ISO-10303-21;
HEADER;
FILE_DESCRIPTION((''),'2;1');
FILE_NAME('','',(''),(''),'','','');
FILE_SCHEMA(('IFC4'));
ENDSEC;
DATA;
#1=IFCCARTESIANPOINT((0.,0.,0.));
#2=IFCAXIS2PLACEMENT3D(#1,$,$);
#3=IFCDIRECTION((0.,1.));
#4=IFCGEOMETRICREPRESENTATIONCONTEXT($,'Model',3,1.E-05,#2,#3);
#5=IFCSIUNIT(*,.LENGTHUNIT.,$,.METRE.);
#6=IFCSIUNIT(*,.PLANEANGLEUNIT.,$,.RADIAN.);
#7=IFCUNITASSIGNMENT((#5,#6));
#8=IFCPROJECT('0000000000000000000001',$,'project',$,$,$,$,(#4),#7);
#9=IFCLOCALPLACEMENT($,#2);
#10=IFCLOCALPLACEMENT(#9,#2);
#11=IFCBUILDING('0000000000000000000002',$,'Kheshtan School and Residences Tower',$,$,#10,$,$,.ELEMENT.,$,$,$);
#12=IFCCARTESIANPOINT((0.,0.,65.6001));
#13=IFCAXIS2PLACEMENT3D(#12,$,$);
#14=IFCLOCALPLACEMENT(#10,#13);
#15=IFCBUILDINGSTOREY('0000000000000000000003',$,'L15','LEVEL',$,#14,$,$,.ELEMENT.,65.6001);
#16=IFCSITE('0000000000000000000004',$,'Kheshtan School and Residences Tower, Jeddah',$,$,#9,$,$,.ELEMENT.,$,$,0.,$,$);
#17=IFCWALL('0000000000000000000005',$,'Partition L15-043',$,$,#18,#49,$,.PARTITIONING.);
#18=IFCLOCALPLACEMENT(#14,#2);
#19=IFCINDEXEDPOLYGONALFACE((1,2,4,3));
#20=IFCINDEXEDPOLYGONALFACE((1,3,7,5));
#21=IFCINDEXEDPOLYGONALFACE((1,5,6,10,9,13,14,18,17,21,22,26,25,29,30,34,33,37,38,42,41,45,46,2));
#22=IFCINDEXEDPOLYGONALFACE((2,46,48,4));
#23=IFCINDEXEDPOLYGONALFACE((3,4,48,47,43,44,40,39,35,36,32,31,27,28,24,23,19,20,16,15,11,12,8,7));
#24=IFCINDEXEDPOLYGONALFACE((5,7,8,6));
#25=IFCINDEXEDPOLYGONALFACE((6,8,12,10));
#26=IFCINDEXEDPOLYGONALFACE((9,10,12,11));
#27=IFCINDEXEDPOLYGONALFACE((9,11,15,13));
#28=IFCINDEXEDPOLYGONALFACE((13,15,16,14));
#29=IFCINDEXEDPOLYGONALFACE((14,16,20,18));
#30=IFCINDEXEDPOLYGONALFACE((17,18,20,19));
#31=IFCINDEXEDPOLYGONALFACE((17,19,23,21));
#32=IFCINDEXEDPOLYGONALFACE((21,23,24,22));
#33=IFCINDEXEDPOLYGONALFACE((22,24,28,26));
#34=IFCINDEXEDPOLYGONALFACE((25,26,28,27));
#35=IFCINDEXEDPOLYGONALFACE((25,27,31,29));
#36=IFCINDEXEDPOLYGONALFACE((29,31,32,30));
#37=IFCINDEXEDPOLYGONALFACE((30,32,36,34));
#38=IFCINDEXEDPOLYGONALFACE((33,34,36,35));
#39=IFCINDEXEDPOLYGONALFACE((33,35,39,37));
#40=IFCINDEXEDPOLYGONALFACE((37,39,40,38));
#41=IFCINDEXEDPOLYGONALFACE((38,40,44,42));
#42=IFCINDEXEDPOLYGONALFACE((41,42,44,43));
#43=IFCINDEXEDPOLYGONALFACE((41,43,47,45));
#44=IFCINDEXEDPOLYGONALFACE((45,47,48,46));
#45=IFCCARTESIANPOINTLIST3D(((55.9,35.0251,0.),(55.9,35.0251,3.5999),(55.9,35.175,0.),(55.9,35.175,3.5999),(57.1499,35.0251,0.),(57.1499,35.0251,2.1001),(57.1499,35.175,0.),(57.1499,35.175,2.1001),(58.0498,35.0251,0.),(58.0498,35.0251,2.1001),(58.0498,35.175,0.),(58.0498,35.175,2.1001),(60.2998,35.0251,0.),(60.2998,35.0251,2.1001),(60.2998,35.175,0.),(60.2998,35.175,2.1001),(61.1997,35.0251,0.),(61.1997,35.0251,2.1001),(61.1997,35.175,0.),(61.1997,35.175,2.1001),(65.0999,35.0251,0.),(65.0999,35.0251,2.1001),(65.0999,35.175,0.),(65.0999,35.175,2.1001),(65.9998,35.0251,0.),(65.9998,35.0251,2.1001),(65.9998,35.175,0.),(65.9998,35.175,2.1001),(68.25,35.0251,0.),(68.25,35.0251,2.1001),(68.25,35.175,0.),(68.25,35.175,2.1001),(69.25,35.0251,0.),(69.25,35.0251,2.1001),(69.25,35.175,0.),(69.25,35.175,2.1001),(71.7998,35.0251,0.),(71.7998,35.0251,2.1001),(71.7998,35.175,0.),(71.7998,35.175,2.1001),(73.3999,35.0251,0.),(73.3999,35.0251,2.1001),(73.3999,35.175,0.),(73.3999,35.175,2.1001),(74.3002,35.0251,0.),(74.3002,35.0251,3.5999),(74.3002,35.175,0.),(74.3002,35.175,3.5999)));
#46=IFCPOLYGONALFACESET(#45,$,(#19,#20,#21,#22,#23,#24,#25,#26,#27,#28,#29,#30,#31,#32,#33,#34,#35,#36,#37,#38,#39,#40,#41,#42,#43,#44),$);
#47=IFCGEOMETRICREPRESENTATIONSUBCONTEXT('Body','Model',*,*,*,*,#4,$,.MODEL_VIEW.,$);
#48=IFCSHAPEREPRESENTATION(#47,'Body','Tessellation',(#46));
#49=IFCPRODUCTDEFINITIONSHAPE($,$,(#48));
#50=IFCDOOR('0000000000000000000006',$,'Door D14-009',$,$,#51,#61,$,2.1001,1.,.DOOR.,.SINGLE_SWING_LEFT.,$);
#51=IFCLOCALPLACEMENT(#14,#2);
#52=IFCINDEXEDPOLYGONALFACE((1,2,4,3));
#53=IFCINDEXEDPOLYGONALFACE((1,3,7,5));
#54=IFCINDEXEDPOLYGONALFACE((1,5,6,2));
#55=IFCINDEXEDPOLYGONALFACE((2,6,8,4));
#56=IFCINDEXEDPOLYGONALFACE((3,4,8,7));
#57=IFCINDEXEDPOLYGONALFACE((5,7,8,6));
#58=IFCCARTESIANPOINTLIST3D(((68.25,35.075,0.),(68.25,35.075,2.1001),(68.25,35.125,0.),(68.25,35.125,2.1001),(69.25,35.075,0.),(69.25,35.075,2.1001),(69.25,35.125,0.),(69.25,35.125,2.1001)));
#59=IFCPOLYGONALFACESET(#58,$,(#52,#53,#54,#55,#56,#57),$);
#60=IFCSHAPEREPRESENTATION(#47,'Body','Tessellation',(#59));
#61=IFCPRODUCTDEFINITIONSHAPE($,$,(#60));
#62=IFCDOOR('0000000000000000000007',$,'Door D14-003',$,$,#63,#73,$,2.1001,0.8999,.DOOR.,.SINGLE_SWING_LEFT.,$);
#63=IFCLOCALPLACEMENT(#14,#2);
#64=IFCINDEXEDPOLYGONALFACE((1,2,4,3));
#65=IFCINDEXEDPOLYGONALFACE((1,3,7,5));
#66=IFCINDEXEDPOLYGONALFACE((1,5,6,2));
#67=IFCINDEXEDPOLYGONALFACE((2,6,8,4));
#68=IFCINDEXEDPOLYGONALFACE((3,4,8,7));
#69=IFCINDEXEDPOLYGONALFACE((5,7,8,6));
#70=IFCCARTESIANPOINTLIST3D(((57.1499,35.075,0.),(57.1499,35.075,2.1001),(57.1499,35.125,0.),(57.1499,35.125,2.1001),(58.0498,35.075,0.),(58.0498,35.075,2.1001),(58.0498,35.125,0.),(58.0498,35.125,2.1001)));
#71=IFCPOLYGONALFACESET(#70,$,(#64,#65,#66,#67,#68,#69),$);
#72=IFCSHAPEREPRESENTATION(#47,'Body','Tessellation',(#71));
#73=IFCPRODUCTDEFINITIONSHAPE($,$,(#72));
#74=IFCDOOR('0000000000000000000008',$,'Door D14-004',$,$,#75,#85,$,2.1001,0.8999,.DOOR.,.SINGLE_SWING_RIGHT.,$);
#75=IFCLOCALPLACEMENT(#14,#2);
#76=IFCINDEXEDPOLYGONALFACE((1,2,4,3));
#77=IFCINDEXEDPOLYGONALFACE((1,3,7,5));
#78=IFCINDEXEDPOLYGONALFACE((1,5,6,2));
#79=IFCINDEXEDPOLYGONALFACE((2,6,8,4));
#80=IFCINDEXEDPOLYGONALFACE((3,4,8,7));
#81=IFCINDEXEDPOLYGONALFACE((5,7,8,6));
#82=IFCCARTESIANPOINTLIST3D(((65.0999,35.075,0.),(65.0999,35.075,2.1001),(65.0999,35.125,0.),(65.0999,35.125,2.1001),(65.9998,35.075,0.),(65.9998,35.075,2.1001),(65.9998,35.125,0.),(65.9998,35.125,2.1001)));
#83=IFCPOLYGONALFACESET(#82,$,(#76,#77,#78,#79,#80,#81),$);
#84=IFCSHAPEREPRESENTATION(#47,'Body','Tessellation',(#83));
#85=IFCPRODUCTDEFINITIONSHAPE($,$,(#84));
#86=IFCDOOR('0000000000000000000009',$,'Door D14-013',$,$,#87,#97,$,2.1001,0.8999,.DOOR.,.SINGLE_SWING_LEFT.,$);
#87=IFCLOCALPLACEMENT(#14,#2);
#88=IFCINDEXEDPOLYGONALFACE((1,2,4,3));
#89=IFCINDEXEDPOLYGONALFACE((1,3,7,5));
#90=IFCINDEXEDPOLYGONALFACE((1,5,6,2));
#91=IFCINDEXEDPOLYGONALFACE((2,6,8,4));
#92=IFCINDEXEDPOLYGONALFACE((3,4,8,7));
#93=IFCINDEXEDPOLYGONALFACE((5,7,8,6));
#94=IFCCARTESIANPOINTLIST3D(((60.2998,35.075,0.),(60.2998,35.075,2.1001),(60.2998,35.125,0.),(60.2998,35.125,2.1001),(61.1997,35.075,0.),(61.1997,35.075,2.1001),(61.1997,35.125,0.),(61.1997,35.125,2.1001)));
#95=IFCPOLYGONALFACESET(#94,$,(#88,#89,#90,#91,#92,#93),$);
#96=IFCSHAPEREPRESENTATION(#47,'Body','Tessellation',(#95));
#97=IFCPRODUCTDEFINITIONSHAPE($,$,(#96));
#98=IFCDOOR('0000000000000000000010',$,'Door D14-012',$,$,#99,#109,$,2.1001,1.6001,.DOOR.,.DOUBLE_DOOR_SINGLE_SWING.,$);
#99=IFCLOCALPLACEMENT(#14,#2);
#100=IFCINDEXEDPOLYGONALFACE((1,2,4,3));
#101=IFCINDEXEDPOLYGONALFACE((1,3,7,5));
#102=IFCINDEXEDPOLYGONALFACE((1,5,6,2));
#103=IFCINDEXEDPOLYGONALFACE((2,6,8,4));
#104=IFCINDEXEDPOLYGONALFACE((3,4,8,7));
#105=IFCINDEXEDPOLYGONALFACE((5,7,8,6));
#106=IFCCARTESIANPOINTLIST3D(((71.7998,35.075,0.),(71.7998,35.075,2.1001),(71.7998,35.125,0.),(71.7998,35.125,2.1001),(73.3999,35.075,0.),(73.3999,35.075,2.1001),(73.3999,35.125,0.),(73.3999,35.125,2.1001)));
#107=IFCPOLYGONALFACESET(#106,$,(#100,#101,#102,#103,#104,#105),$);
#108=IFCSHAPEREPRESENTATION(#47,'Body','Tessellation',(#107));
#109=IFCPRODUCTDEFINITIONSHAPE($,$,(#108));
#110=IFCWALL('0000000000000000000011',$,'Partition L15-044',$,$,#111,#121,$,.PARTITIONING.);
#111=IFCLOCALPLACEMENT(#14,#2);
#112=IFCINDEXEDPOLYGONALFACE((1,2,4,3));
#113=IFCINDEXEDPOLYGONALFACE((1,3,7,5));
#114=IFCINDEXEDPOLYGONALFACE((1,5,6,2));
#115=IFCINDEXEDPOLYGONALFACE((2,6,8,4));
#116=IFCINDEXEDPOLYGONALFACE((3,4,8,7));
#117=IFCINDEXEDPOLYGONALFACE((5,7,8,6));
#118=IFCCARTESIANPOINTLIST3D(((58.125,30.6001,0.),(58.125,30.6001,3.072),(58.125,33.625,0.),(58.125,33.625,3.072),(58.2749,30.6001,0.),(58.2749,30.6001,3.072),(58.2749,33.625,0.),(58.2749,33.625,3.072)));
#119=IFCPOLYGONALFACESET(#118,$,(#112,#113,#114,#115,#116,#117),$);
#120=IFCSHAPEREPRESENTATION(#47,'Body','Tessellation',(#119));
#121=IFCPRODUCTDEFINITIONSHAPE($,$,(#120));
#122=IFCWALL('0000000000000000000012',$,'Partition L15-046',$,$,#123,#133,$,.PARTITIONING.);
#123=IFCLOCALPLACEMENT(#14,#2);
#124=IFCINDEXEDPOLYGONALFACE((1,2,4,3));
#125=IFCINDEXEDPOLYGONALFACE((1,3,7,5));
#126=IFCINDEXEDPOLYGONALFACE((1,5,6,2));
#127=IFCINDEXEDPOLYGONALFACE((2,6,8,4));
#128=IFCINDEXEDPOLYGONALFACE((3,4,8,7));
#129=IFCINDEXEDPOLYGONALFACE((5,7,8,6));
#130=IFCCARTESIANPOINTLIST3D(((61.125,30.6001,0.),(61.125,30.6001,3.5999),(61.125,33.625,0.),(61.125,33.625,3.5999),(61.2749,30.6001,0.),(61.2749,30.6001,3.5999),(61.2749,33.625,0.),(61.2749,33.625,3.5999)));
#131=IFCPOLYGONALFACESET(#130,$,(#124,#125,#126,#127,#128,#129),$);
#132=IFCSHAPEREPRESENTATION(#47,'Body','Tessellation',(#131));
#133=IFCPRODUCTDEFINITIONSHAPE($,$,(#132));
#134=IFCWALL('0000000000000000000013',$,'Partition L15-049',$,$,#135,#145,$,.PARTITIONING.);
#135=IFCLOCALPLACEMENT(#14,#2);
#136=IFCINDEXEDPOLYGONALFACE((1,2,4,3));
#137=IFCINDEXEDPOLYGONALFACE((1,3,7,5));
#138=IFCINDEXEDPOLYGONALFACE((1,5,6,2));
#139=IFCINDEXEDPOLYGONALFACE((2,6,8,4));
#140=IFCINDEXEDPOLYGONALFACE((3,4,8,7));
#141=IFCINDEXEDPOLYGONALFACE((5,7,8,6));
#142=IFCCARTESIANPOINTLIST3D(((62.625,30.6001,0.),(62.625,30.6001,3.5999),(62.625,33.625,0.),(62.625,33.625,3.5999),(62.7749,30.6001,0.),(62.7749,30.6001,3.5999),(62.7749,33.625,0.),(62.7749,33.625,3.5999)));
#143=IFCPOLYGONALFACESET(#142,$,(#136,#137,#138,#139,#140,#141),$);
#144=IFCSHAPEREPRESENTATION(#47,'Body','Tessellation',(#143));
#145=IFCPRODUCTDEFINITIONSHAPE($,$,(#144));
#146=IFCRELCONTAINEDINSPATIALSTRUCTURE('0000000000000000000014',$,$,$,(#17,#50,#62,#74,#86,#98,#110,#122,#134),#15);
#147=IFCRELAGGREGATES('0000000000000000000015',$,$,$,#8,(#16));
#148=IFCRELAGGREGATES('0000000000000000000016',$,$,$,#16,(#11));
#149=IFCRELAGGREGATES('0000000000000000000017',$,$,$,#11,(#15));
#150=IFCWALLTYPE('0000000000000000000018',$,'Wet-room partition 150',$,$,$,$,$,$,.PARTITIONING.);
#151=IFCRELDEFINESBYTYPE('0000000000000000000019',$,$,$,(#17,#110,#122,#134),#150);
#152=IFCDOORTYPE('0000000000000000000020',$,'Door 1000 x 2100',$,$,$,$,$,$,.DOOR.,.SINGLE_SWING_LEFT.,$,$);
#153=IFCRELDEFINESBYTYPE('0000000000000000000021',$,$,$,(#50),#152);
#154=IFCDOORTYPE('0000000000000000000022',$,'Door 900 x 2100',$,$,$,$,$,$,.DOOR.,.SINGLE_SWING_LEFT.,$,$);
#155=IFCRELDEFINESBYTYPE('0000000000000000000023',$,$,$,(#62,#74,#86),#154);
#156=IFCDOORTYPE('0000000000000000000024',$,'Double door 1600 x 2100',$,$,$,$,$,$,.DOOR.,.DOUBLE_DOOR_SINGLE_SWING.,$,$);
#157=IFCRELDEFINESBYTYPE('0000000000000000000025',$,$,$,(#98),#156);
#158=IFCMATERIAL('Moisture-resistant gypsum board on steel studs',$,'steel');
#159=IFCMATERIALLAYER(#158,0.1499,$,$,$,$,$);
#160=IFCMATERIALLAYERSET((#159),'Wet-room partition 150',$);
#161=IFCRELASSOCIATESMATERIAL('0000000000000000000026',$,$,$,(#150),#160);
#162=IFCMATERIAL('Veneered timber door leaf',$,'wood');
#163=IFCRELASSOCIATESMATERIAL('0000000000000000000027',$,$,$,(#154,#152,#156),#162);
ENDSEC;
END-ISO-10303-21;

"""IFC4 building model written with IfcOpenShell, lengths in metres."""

from ifc_helpers import new_model, si_unit, direction, frame, frame_2d, origin, place, context, subcontext, project, spatial, rectangle, extrude, source, transform, mapped, material, layer, layer_set, type_object, element, fill, save


model = new_model("IFC4")

# Units and contexts
model_context = context("Model", 3, precision=1e-05, world=origin(), true_north=direction((0.0, 1.0)))
body_context = subcontext(model_context, "Body", "Model", "MODEL_VIEW")
ifc_project = project(units=[si_unit("LENGTHUNIT", "METRE"), si_unit("PLANEANGLEUNIT", "RADIAN")], contexts=[model_context])

# Site, building, storey
site_placement = place(None, origin())
site = spatial("IfcSite", under=ifc_project, at=site_placement, Name="Kheshtan School and Residences Tower, Jeddah", CompositionType="ELEMENT", RefElevation=0.0)
building_placement = place(site_placement, origin())
building = spatial("IfcBuilding", under=site, at=building_placement, Name="Kheshtan School and Residences Tower", CompositionType="ELEMENT")
storey_placement = place(building_placement, frame((0.0, 0.0, 65.6001)))
storey = spatial("IfcBuildingStorey", under=building, at=storey_placement, Name="L15", Description="LEVEL", CompositionType="ELEMENT", Elevation=65.6001)

# Wall, openings, doors
ifc_material_1 = material(Name="Moisture-resistant gypsum board on steel studs", Category="steel")
ifc_layer_1 = layer(ifc_material_1, 0.1499)
ifc_layer_set_1 = layer_set([ifc_layer_1], Name="Wet-room partition 150")
wall_type_1 = type_object("IfcWallType", Name="Wet-room partition 150", PredefinedType="PARTITIONING", material=ifc_layer_set_1)
ifc_material_2 = material(Name="Veneered timber door leaf", Category="wood")
door_type_1 = type_object("IfcDoorType", Name="Door 900 x 2100", OperationType="SINGLE_SWING_LEFT", PredefinedType="DOOR", material=ifc_material_2)
shared_shape_1 = source(origin(), body_context, "Body", "SweptSolid", [
    extrude(rectangle(XDim=0.8999, YDim=2.1001, at=frame_2d((0.45, 1.05))), frame((0.0, 0.0249, 0.0), z_axis=(0.0, -1.0, 0.0), x_axis=(1.0, 0.0, 0.0)), (0.0, 0.0, 1.0), 0.05),
])
wall_1_placement = place(storey_placement, frame((55.8999, 35.1001, 0.0), z_axis=(0.0, 0.0, 1.0), x_axis=(1.0, 0.0, 0.0)))
wall_1 = element("IfcWall", 1, at=wall_1_placement, inside=storey, type_object=wall_type_1, Name="Partition L15-043", PredefinedType="PARTITIONING", context=body_context, shape_type="SweptSolid", body=[
    extrude(rectangle(XDim=18.4001, YDim=0.1499, at=frame_2d((9.2002, 0.0))), origin(), (0.0, 0.0, 1.0), 3.5999),
])
opening_1_placement = place(wall_1_placement, frame((1.25, 0.0, 0.0)))
opening_1 = element("IfcOpeningElement", 2, at=opening_1_placement, cuts=wall_1, PredefinedType="OPENING", context=body_context, shape_type="SweptSolid", body=[
    extrude(rectangle(XDim=0.8999, YDim=2.1001, at=frame_2d((0.45, 1.05))), frame((0.0, 0.085, 0.0), z_axis=(0.0, -1.0, 0.0), x_axis=(1.0, 0.0, 0.0)), (0.0, 0.0, 1.0), 0.1699),
])
opening_2_placement = place(wall_1_placement, frame((9.2, 0.0, 0.0)))
opening_2 = element("IfcOpeningElement", 3, at=opening_2_placement, cuts=wall_1, PredefinedType="OPENING", context=body_context, shape_type="SweptSolid", body=[
    extrude(rectangle(XDim=0.8999, YDim=2.1001, at=frame_2d((0.45, 1.05))), frame((0.0, 0.085, 0.0), z_axis=(0.0, -1.0, 0.0), x_axis=(1.0, 0.0, 0.0)), (0.0, 0.0, 1.0), 0.1699),
])
opening_3_placement = place(wall_1_placement, frame((12.3501, 0.0, 0.0)))
opening_3 = element("IfcOpeningElement", 4, at=opening_3_placement, cuts=wall_1, PredefinedType="OPENING", context=body_context, shape_type="SweptSolid", body=[
    extrude(rectangle(XDim=1.0, YDim=2.1001, at=frame_2d((0.5, 1.05))), frame((0.0, 0.085, 0.0), z_axis=(0.0, -1.0, 0.0), x_axis=(1.0, 0.0, 0.0)), (0.0, 0.0, 1.0), 0.1699),
])
opening_4_placement = place(wall_1_placement, frame((15.8999, 0.0, 0.0)))
opening_4 = element("IfcOpeningElement", 5, at=opening_4_placement, cuts=wall_1, PredefinedType="OPENING", context=body_context, shape_type="SweptSolid", body=[
    extrude(rectangle(XDim=1.6001, YDim=2.1001, at=frame_2d((0.8, 1.05))), frame((0.0, 0.085, 0.0), z_axis=(0.0, -1.0, 0.0), x_axis=(1.0, 0.0, 0.0)), (0.0, 0.0, 1.0), 0.1699),
])
opening_5_placement = place(wall_1_placement, frame((4.3999, 0.0, 0.0)))
opening_5 = element("IfcOpeningElement", 6, at=opening_5_placement, cuts=wall_1, PredefinedType="OPENING", context=body_context, shape_type="SweptSolid", body=[
    extrude(rectangle(XDim=0.8999, YDim=2.1001, at=frame_2d((0.45, 1.05))), frame((0.0, 0.085, 0.0), z_axis=(0.0, -1.0, 0.0), x_axis=(1.0, 0.0, 0.0)), (0.0, 0.0, 1.0), 0.1699),
])
door_type_2 = type_object("IfcDoorType", Name="Door 1000 x 2100", OperationType="SINGLE_SWING_LEFT", PredefinedType="DOOR", material=ifc_material_2)
shared_shape_2 = source(origin(), body_context, "Body", "SweptSolid", [
    extrude(rectangle(XDim=1.0, YDim=2.1001, at=frame_2d((0.5, 1.05))), frame((0.0, 0.0249, 0.0), z_axis=(0.0, -1.0, 0.0), x_axis=(1.0, 0.0, 0.0)), (0.0, 0.0, 1.0), 0.05),
])
door_1_placement = place(opening_3_placement, origin())
door_1 = element("IfcDoor", 7, at=door_1_placement, inside=storey, type_object=door_type_2, Name="Door D14-009", OperationType="SINGLE_SWING_LEFT", OverallHeight=2.1001, OverallWidth=1.0, PredefinedType="DOOR", context=body_context, shape_type="MappedRepresentation", body=[
    mapped(shared_shape_2, transform((0.0, 0.0, 0.0), x_axis=(1.0, 0.0, 0.0), y_axis=(0.0, 1.0, 0.0), z_axis=(0.0, 0.0, 1.0), scale=1.0)),
])
fill(opening_3, door_1)
door_2_placement = place(opening_1_placement, origin())
door_2 = element("IfcDoor", 8, at=door_2_placement, inside=storey, type_object=door_type_1, Name="Door D14-003", OperationType="SINGLE_SWING_LEFT", OverallHeight=2.1001, OverallWidth=0.8999, PredefinedType="DOOR", context=body_context, shape_type="MappedRepresentation", body=[
    mapped(shared_shape_1, transform((0.0, 0.0, 0.0), x_axis=(1.0, 0.0, 0.0), y_axis=(0.0, 1.0, 0.0), z_axis=(0.0, 0.0, 1.0), scale=1.0)),
])
fill(opening_1, door_2)
door_3_placement = place(opening_2_placement, origin())
door_3 = element("IfcDoor", 9, at=door_3_placement, inside=storey, type_object=door_type_1, Name="Door D14-004", OperationType="SINGLE_SWING_RIGHT", OverallHeight=2.1001, OverallWidth=0.8999, PredefinedType="DOOR", context=body_context, shape_type="MappedRepresentation", body=[
    mapped(shared_shape_1, transform((0.0, 0.0, 0.0), x_axis=(1.0, 0.0, 0.0), y_axis=(0.0, 1.0, 0.0), z_axis=(0.0, 0.0, 1.0), scale=1.0)),
])
fill(opening_2, door_3)
door_4_placement = place(opening_5_placement, origin())
door_4 = element("IfcDoor", 10, at=door_4_placement, inside=storey, type_object=door_type_1, Name="Door D14-013", OperationType="SINGLE_SWING_LEFT", OverallHeight=2.1001, OverallWidth=0.8999, PredefinedType="DOOR", context=body_context, shape_type="MappedRepresentation", body=[
    mapped(shared_shape_1, transform((0.0, 0.0, 0.0), x_axis=(1.0, 0.0, 0.0), y_axis=(0.0, 1.0, 0.0), z_axis=(0.0, 0.0, 1.0), scale=1.0)),
])
fill(opening_5, door_4)
door_type_3 = type_object("IfcDoorType", Name="Double door 1600 x 2100", OperationType="DOUBLE_DOOR_SINGLE_SWING", PredefinedType="DOOR", material=ifc_material_2)
shared_shape_3 = source(origin(), body_context, "Body", "SweptSolid", [
    extrude(rectangle(XDim=1.6001, YDim=2.1001, at=frame_2d((0.8, 1.05))), frame((0.0, 0.0249, 0.0), z_axis=(0.0, -1.0, 0.0), x_axis=(1.0, 0.0, 0.0)), (0.0, 0.0, 1.0), 0.05),
])
door_5_placement = place(opening_4_placement, origin())
door_5 = element("IfcDoor", 11, at=door_5_placement, inside=storey, type_object=door_type_3, Name="Door D14-012", OperationType="DOUBLE_DOOR_SINGLE_SWING", OverallHeight=2.1001, OverallWidth=1.6001, PredefinedType="DOOR", context=body_context, shape_type="MappedRepresentation", body=[
    mapped(shared_shape_3, transform((0.0, 0.0, 0.0), x_axis=(1.0, 0.0, 0.0), y_axis=(0.0, 1.0, 0.0), z_axis=(0.0, 0.0, 1.0), scale=1.0)),
])
fill(opening_4, door_5)

# Walls
wall_2_placement = place(storey_placement, frame((58.2, 30.6001, 0.0), z_axis=(0.0, 0.0, 1.0), x_axis=(0.0, 1.0, 0.0)))
element("IfcWall", 12, at=wall_2_placement, inside=storey, type_object=wall_type_1, Name="Partition L15-044", PredefinedType="PARTITIONING", context=body_context, shape_type="SweptSolid", body=[
    extrude(rectangle(XDim=3.0249, YDim=0.1499, at=frame_2d((1.5125, 0.0))), origin(), (0.0, 0.0, 1.0), 3.072),
])
for number, where, z_axis, x_axis, name in (
    (13, (61.2, 30.6001, 0.0), (0.0, 0.0, 1.0), (0.0, 1.0, 0.0), "Partition L15-046"),
    (14, (62.7, 30.6001, 0.0), (0.0, 0.0, 1.0), (0.0, 1.0, 0.0), "Partition L15-049"),
):
    element("IfcWall", number, at=place(storey_placement, frame(where, z_axis=z_axis, x_axis=x_axis)), inside=storey, type_object=wall_type_1, Name=name, PredefinedType="PARTITIONING", context=body_context, shape_type="SweptSolid", body=[
        extrude(rectangle(XDim=3.0249, YDim=0.1499, at=frame_2d((1.5125, 0.0))), origin(), (0.0, 0.0, 1.0), 3.5999),
    ])

save(model, "model.ifc")
